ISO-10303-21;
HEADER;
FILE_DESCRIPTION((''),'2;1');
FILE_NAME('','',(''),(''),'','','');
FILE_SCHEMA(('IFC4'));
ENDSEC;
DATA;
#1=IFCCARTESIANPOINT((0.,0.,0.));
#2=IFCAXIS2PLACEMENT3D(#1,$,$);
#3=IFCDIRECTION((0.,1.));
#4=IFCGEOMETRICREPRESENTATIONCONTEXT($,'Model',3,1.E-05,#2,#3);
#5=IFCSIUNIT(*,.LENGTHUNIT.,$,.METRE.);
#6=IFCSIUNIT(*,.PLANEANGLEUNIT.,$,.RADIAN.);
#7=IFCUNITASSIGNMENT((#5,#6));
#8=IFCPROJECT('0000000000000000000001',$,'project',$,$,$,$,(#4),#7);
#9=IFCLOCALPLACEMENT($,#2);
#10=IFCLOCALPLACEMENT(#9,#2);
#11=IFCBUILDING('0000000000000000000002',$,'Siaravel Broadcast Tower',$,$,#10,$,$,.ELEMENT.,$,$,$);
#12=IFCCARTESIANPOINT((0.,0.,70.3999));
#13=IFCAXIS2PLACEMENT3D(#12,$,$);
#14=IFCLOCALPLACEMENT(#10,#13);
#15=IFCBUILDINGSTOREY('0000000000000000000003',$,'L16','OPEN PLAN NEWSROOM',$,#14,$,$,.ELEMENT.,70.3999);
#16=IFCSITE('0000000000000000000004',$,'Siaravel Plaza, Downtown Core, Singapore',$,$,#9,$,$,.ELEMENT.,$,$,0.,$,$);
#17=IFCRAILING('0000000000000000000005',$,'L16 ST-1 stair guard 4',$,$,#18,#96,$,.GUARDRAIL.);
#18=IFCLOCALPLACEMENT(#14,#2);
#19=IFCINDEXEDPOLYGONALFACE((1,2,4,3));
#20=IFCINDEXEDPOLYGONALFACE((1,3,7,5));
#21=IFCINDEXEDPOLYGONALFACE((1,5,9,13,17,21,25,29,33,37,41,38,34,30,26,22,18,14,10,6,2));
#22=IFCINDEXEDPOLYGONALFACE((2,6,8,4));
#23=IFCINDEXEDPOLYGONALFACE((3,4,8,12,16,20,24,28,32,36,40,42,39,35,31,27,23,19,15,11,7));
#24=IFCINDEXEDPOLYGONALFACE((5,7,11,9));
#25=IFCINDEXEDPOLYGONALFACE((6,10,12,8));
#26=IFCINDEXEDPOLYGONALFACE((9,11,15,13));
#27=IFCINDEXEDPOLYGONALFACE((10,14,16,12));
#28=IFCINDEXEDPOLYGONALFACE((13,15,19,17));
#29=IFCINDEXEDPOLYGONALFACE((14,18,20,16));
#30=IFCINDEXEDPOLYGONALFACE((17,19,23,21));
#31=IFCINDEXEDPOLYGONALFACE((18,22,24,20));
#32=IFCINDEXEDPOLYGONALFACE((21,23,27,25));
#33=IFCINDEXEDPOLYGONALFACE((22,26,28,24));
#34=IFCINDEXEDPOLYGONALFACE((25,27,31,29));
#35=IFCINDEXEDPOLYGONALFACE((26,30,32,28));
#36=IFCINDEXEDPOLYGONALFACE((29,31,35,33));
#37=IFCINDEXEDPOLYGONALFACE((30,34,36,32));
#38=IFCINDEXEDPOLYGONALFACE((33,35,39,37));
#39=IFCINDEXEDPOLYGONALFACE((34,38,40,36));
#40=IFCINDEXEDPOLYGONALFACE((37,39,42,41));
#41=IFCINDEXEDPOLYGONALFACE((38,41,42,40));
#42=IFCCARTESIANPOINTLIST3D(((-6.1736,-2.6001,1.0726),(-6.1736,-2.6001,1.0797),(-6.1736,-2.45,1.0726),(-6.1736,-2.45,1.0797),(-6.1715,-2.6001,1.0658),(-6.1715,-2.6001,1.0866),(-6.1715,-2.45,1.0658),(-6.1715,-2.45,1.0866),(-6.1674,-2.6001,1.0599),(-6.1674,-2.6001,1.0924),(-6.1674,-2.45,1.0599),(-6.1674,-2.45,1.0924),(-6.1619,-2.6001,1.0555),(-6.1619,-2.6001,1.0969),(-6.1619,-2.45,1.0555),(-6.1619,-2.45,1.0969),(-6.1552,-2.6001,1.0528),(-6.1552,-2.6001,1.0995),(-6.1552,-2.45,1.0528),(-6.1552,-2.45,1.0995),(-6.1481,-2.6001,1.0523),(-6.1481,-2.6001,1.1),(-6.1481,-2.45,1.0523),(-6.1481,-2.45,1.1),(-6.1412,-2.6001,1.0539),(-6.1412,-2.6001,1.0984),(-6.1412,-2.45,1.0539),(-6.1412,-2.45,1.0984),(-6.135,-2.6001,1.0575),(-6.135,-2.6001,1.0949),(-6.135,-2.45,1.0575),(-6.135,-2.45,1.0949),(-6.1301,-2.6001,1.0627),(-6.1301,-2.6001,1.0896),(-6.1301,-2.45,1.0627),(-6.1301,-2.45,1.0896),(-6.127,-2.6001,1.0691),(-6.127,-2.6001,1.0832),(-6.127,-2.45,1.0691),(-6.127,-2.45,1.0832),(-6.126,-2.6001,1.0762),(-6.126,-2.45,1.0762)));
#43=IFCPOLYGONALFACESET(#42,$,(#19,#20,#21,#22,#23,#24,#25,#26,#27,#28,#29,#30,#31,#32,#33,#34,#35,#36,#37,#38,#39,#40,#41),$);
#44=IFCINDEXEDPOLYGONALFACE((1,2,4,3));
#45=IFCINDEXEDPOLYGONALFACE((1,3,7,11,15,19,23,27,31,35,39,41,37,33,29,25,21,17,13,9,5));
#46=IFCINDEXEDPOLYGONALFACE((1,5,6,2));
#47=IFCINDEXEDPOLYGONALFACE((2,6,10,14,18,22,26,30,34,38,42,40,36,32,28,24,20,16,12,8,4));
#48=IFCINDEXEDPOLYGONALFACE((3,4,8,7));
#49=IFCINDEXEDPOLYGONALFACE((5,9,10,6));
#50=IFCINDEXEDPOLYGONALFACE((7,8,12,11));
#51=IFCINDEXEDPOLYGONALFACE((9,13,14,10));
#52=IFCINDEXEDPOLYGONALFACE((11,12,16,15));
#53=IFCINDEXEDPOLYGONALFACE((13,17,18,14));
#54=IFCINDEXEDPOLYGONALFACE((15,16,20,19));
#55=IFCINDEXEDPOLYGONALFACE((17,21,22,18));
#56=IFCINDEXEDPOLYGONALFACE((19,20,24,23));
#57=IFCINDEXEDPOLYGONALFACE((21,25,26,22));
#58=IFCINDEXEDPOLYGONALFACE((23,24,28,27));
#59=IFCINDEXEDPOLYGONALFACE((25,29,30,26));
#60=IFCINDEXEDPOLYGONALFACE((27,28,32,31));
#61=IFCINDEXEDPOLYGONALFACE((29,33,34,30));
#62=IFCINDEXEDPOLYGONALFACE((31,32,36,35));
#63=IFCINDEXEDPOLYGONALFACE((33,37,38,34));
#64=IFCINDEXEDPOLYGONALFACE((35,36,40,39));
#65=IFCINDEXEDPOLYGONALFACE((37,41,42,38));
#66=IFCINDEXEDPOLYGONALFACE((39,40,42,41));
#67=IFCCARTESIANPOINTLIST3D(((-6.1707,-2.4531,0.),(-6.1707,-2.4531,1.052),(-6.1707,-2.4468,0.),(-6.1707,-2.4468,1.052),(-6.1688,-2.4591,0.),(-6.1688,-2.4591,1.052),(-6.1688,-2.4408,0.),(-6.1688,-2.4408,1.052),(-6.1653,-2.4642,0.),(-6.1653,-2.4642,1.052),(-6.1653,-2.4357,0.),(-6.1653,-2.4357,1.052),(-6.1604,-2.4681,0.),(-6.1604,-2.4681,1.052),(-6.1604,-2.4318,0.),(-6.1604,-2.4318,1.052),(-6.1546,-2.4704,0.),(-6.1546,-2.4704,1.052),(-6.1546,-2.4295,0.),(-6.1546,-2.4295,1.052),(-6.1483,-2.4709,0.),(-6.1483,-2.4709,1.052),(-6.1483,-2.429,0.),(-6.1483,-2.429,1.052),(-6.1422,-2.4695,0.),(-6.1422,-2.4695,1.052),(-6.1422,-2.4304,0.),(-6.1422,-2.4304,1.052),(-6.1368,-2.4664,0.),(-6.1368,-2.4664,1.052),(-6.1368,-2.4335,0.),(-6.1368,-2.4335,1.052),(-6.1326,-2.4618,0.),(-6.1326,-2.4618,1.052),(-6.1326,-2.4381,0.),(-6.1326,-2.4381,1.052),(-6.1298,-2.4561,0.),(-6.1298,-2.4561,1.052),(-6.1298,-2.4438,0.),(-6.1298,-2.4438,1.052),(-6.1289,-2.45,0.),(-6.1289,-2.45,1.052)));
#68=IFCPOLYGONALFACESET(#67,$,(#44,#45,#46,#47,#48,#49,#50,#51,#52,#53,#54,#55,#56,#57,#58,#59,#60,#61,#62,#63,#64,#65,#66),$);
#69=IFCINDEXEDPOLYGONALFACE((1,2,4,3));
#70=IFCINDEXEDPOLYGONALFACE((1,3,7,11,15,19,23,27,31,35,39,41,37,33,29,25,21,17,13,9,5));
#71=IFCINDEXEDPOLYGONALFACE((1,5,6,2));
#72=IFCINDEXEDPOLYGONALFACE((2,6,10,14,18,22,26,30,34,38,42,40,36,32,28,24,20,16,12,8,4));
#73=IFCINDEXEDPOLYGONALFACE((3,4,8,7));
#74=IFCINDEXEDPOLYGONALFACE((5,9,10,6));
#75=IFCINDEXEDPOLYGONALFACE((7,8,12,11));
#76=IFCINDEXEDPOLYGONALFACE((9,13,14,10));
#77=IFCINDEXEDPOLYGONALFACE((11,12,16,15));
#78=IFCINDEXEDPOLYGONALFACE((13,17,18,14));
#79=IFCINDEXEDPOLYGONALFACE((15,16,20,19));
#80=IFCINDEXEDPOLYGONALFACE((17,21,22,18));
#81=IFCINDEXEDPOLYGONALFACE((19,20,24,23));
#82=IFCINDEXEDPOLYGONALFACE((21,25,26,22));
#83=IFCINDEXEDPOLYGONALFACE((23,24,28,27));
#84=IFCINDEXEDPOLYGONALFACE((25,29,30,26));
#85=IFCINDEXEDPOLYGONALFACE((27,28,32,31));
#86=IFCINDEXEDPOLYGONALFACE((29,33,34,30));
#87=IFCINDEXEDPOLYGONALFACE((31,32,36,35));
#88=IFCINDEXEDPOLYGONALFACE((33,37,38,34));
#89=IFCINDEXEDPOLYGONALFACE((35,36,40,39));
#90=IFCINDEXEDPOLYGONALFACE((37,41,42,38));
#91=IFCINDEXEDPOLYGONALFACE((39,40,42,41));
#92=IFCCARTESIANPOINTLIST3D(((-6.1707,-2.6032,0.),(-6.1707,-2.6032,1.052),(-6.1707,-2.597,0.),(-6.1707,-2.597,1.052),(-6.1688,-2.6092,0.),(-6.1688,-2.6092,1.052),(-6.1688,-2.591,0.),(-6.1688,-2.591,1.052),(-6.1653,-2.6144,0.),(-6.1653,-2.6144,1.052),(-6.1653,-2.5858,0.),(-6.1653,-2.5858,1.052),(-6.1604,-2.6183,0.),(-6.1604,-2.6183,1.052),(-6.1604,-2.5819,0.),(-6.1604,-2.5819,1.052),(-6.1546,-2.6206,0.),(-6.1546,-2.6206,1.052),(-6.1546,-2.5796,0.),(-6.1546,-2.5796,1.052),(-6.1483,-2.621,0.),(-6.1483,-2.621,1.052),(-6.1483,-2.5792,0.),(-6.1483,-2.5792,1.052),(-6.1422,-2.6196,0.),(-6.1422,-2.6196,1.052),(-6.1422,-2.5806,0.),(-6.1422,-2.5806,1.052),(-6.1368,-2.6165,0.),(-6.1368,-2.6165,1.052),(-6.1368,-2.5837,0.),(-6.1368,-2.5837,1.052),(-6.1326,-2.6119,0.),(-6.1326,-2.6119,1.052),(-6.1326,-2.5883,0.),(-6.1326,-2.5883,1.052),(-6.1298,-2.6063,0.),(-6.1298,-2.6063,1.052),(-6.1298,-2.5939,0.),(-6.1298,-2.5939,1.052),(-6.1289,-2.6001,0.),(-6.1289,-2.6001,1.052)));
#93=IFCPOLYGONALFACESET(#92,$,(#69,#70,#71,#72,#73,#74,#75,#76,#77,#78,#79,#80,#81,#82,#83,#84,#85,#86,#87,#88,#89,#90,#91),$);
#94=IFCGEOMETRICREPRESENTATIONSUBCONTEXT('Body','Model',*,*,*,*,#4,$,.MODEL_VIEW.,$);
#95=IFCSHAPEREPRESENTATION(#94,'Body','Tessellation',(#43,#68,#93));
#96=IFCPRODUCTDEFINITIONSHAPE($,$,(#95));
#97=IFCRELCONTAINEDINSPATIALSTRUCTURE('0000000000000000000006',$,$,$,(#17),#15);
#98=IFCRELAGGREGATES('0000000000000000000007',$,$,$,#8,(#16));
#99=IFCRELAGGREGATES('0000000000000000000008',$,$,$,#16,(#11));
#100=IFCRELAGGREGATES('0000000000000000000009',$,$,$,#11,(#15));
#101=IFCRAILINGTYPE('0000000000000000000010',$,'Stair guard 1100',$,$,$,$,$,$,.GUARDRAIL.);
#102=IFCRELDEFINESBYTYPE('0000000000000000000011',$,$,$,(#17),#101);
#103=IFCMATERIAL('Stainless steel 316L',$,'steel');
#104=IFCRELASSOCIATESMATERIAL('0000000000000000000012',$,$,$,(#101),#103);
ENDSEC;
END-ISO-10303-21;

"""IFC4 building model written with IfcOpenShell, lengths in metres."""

from ifc_helpers import new_model, si_unit, direction, frame, origin, origin_2d, place, context, subcontext, project, spatial, circle, extrude, material, type_object, element, save


model = new_model("IFC4")

# Units and contexts
model_context = context("Model", 3, precision=1e-05, world=origin(), true_north=direction((0.0, 1.0)))
body_context = subcontext(model_context, "Body", "Model", "MODEL_VIEW")
ifc_project = project(units=[si_unit("LENGTHUNIT", "METRE"), si_unit("PLANEANGLEUNIT", "RADIAN")], contexts=[model_context])

# Site, building, storey
site_placement = place(None, origin())
site = spatial("IfcSite", under=ifc_project, at=site_placement, Name="Siaravel Plaza, Downtown Core, Singapore", CompositionType="ELEMENT", RefElevation=0.0)
building_placement = place(site_placement, origin())
building = spatial("IfcBuilding", under=site, at=building_placement, Name="Siaravel Broadcast Tower", CompositionType="ELEMENT")
storey_placement = place(building_placement, frame((0.0, 0.0, 70.3999)))
storey = spatial("IfcBuildingStorey", under=building, at=storey_placement, Name="L16", Description="OPEN PLAN NEWSROOM", CompositionType="ELEMENT", Elevation=70.3999)

# Shared definitions
ifc_material_1 = material(Name="Stainless steel 316L", Category="steel")

# Railing
railing_type_1 = type_object("IfcRailingType", Name="Stair guard 1100", PredefinedType="GUARDRAIL", material=ifc_material_1)
railing_1_placement = place(storey_placement, frame((-6.1499, -2.45, 0.0)))
element("IfcRailing", 1, at=railing_1_placement, inside=storey, type_object=railing_type_1, Name="L16 ST-1 stair guard 4", PredefinedType="GUARDRAIL", context=body_context, shape_type="SweptSolid", body=[
    extrude(circle(Radius=0.0239, at=origin_2d()), frame((0.0, 0.0, 1.0762), z_axis=(0.0, -1.0, 0.0), x_axis=(1.0, 0.0, 0.0)), (0.0, 0.0, 1.0), 0.1501),
    extrude(circle(Radius=0.021, at=origin_2d()), origin(), (0.0, 0.0, 1.0), 1.052),
    extrude(circle(Radius=0.021, at=origin_2d()), frame((0.0, -0.1501, 0.0)), (0.0, 0.0, 1.0), 1.052),
])

save(model, "model.ifc")
